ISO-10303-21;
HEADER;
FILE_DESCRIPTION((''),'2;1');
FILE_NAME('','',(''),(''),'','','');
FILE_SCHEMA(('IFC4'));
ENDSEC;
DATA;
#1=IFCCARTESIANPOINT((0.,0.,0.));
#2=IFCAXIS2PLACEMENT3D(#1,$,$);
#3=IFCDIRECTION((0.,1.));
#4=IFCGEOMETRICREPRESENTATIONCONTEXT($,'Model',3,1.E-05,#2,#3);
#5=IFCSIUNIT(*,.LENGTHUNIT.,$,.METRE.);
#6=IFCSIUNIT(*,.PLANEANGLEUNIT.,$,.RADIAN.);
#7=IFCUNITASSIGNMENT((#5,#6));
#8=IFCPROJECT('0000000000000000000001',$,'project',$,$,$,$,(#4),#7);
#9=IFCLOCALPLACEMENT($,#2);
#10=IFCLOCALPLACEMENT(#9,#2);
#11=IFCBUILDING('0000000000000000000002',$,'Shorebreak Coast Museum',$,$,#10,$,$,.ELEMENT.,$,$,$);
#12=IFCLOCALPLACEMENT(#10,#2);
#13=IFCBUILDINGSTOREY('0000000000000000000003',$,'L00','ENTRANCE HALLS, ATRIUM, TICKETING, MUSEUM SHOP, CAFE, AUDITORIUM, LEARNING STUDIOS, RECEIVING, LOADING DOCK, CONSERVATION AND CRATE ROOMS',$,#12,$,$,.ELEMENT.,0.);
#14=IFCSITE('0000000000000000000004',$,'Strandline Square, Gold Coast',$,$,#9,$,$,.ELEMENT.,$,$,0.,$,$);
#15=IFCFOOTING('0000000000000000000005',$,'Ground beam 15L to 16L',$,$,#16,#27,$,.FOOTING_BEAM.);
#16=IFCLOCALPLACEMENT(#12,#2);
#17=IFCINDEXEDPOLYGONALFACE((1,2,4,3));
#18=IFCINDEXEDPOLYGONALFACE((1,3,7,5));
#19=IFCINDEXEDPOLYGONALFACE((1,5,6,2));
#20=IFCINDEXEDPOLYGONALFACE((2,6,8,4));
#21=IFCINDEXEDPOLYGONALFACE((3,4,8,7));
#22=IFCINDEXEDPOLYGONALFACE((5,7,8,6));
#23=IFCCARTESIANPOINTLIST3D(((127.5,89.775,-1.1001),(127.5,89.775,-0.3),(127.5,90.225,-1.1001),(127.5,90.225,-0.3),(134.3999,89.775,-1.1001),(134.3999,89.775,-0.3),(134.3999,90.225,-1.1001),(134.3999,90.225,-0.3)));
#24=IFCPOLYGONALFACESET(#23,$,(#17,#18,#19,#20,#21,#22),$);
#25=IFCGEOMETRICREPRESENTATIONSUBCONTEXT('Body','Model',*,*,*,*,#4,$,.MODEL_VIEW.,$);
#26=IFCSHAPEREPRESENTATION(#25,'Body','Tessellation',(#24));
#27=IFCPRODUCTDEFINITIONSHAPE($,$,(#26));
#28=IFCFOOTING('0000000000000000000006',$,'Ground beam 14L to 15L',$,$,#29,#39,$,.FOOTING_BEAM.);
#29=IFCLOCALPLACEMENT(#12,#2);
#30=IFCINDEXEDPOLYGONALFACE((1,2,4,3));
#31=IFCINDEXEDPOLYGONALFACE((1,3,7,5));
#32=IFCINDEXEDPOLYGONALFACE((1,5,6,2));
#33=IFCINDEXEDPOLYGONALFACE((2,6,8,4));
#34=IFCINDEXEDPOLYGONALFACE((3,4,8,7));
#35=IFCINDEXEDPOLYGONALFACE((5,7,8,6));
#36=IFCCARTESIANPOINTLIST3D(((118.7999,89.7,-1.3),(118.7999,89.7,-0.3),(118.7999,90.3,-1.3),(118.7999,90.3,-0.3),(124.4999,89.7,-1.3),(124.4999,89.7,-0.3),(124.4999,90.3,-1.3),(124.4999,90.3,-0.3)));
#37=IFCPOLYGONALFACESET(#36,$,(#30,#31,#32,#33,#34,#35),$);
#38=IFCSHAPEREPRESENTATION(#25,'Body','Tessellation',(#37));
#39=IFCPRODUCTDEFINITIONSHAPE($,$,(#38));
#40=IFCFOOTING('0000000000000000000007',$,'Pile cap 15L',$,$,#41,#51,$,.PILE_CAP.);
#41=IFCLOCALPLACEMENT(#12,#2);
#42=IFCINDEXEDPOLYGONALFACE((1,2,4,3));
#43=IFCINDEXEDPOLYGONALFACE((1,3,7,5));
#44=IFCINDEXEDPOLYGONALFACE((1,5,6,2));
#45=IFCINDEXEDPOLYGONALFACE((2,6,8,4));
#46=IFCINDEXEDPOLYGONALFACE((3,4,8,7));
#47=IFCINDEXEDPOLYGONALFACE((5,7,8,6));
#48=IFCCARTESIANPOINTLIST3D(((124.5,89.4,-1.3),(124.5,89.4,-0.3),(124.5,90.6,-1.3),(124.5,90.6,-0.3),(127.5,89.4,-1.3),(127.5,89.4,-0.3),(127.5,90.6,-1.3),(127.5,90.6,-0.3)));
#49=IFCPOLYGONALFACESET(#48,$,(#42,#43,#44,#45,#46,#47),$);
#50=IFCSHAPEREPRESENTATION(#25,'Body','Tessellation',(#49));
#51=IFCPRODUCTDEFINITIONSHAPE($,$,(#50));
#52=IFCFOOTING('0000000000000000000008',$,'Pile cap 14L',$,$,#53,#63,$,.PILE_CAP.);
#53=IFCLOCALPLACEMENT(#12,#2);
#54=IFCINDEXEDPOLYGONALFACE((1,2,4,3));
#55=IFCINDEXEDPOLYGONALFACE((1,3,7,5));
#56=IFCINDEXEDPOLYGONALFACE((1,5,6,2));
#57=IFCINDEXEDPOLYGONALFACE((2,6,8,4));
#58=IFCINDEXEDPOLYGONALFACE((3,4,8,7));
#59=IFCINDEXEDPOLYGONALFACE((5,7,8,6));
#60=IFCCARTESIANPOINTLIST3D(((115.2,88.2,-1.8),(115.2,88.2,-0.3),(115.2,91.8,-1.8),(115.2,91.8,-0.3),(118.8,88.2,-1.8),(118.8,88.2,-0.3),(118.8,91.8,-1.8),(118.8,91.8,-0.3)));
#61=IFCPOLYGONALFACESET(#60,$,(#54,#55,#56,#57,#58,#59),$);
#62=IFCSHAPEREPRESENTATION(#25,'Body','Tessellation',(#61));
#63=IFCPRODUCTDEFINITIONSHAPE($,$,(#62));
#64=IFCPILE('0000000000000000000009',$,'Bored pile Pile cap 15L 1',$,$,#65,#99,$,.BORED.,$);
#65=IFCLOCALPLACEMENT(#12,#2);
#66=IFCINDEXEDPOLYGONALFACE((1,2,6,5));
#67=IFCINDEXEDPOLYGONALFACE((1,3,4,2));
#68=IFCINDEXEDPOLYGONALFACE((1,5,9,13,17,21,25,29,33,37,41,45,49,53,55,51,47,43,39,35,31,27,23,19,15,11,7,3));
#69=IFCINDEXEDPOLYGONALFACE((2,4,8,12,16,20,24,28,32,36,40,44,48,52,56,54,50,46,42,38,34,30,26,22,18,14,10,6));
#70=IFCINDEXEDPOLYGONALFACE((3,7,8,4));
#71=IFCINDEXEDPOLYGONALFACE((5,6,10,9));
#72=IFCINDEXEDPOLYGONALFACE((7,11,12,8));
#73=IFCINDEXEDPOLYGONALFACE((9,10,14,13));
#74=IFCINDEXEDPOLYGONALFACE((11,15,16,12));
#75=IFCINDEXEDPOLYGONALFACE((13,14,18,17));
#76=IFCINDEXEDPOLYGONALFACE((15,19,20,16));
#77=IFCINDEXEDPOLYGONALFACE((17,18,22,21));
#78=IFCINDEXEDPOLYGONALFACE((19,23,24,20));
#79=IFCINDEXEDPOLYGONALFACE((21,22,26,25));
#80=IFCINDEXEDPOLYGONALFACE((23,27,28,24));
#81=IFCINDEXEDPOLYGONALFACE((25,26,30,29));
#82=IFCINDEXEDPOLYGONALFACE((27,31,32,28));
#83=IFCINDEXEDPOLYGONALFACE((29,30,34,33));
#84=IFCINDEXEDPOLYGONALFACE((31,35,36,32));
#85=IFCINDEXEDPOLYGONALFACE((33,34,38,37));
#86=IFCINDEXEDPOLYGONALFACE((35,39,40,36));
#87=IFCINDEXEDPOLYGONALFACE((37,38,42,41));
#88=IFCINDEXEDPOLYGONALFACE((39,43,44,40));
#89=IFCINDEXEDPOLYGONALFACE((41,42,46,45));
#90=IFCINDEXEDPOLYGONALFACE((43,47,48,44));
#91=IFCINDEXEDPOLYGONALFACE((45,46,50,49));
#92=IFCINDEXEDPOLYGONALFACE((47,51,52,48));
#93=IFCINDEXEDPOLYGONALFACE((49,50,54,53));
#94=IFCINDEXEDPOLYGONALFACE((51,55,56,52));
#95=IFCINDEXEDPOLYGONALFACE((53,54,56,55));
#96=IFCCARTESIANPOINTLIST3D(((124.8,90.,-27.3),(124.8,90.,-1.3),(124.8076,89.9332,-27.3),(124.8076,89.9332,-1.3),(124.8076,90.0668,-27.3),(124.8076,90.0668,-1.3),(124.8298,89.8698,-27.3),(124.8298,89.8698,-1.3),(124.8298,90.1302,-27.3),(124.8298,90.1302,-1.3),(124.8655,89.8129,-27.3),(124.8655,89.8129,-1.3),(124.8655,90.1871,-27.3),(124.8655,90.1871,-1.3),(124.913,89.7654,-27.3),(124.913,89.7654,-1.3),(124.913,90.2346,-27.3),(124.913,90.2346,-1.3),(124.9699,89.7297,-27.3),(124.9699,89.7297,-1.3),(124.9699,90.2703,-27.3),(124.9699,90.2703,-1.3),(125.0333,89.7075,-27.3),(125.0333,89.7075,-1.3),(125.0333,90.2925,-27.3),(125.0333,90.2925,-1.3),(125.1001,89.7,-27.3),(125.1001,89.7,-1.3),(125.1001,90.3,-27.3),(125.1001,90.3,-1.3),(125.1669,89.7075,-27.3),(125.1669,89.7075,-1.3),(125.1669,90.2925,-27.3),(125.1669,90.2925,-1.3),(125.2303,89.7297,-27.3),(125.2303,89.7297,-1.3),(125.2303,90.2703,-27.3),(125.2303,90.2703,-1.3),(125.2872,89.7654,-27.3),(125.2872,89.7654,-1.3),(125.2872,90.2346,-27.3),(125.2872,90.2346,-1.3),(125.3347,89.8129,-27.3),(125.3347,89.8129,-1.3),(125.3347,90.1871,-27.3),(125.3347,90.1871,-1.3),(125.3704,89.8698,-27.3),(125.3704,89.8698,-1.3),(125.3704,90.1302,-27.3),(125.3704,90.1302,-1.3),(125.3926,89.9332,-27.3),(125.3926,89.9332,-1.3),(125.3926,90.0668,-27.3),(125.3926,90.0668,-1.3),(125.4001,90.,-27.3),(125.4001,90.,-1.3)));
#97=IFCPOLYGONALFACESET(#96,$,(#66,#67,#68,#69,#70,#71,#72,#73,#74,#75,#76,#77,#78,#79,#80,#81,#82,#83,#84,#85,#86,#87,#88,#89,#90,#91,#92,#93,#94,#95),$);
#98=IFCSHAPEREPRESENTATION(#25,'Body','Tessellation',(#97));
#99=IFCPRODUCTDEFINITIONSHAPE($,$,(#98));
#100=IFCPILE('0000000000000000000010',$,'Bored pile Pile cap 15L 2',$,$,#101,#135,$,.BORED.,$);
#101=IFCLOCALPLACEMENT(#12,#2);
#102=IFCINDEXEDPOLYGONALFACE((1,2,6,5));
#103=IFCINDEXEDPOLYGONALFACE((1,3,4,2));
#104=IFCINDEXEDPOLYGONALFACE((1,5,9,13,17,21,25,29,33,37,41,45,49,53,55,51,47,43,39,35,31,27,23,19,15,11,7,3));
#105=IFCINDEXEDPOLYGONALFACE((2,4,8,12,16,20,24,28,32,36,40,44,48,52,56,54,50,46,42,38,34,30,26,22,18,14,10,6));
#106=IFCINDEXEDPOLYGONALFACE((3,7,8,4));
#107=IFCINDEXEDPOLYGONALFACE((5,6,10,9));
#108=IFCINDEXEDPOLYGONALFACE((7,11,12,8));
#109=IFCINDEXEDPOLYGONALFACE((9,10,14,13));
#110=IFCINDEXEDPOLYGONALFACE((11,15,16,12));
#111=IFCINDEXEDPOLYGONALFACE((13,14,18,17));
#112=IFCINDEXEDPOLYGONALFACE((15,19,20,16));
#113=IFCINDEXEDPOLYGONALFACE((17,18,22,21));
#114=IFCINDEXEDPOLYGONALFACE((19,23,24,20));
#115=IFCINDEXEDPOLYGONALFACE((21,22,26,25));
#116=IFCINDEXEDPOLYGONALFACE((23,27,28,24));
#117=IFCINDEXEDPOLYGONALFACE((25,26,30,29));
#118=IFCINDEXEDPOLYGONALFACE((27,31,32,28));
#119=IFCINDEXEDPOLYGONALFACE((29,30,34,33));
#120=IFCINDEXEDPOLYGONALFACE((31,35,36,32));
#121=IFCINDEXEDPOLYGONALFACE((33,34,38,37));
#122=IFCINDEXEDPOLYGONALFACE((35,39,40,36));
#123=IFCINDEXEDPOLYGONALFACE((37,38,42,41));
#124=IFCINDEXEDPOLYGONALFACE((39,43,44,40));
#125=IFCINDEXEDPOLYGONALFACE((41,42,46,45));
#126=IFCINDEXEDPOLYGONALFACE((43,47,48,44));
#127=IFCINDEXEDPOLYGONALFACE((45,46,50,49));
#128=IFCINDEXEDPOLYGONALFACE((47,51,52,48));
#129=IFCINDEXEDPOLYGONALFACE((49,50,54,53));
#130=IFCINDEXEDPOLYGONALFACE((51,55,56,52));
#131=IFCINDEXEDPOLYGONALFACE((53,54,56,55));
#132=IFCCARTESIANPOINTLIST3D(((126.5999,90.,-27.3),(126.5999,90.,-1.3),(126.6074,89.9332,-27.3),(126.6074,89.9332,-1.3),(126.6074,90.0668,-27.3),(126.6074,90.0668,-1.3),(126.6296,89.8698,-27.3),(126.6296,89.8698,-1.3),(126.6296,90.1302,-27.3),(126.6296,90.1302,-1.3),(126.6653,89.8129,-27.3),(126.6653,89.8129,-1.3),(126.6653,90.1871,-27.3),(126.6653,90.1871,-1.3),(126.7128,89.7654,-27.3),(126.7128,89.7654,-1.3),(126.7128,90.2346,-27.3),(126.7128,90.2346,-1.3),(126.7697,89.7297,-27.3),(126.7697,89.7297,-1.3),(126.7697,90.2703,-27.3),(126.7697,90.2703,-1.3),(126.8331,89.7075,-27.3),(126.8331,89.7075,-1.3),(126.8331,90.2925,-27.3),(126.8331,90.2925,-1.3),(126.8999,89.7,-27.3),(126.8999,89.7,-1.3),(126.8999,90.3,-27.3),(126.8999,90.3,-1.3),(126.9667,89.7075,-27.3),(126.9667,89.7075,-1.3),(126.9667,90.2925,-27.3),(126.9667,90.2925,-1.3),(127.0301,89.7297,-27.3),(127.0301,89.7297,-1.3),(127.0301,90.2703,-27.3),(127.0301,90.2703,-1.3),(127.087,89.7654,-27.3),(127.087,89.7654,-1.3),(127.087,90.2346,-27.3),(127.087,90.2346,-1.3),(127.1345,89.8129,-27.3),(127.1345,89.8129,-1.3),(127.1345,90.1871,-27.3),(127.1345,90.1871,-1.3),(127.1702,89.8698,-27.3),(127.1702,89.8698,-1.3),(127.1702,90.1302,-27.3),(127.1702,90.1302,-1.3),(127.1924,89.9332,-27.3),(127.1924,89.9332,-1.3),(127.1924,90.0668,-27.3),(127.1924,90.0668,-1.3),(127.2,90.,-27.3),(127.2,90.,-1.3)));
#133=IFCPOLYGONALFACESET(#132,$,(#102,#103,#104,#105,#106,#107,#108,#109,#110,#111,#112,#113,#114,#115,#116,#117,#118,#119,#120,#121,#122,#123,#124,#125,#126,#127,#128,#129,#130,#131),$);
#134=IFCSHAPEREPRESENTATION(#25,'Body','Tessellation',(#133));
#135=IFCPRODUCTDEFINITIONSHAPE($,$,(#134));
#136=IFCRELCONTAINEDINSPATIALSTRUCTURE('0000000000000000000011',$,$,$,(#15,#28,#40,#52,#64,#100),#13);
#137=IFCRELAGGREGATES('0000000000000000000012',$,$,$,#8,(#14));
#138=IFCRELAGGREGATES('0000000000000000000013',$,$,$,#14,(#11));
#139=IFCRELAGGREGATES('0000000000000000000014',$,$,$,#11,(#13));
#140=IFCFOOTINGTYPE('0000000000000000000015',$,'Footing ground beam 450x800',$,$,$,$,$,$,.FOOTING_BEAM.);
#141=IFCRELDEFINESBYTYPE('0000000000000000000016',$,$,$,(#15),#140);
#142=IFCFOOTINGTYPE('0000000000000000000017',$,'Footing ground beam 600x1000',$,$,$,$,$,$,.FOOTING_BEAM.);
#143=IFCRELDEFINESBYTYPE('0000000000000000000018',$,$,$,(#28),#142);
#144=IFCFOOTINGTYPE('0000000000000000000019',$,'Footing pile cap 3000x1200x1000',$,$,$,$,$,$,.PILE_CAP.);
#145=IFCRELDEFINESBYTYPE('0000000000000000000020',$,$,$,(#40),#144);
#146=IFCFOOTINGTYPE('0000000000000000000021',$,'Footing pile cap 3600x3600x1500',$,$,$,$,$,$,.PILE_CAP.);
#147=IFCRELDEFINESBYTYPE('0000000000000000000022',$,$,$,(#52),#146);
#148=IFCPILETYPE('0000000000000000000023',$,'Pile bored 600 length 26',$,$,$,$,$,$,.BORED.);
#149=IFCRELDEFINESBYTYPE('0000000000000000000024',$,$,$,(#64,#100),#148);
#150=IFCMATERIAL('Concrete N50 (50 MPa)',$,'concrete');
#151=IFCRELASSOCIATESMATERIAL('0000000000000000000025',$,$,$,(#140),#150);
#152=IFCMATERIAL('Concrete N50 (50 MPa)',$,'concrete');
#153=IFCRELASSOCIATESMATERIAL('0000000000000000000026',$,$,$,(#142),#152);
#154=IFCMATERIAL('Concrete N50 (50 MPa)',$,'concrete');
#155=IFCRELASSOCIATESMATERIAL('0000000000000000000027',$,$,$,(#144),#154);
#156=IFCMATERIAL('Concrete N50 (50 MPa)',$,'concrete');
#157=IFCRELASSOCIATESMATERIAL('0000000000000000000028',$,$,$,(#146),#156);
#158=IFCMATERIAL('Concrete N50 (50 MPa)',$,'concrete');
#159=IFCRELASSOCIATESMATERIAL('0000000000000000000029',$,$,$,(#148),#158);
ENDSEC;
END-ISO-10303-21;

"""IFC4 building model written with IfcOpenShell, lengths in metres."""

from ifc_helpers import new_model, si_unit, direction, frame, origin, origin_2d, place, context, subcontext, project, spatial, rectangle, circle, extrude, material, material_profile, profile_set, type_object, element, save


model = new_model("IFC4")

# Units and contexts
model_context = context("Model", 3, precision=1e-05, world=origin(), true_north=direction((0.0, 1.0)))
body_context = subcontext(model_context, "Body", "Model", "MODEL_VIEW")
ifc_project = project(units=[si_unit("LENGTHUNIT", "METRE"), si_unit("PLANEANGLEUNIT", "RADIAN")], contexts=[model_context])

# Site, building, storey
site_placement = place(None, origin())
site = spatial("IfcSite", under=ifc_project, at=site_placement, Name="Strandline Square, Gold Coast", CompositionType="ELEMENT", RefElevation=0.0)
building_placement = place(site_placement, origin())
building = spatial("IfcBuilding", under=site, at=building_placement, Name="Shorebreak Coast Museum", CompositionType="ELEMENT")
storey_placement = place(building_placement, origin())
storey = spatial("IfcBuildingStorey", under=building, at=storey_placement, Name="L00", Description="ENTRANCE HALLS, ATRIUM, TICKETING, MUSEUM SHOP, CAFE, AUDITORIUM, LEARNING STUDIOS, RECEIVING, LOADING DOCK, CONSERVATION AND CRATE ROOMS", CompositionType="ELEMENT", Elevation=0.0)

# Footings
ifc_material_1 = material(Name="Concrete N50 (50 MPa)", Category="concrete")
footing_type_1 = type_object("IfcFootingType", Name="Footing ground beam 450x800", PredefinedType="FOOTING_BEAM", material=ifc_material_1)
footing_1_placement = place(storey_placement, frame((130.95, 90.0, -1.1001), z_axis=(0.0, 0.0, 1.0), x_axis=(1.0, 0.0, 0.0)))
element("IfcFooting", 1, at=footing_1_placement, inside=storey, type_object=footing_type_1, Name="Ground beam 15L to 16L", PredefinedType="FOOTING_BEAM", context=body_context, shape_type="SweptSolid", body=[
    extrude(rectangle(XDim=6.8999, YDim=0.45, at=origin_2d()), origin(), (0.0, 0.0, 1.0), 0.8),
])
ifc_material_2 = material(Name="Concrete N50 (50 MPa)", Category="concrete")
footing_type_2 = type_object("IfcFootingType", Name="Footing ground beam 600x1000", PredefinedType="FOOTING_BEAM", material=ifc_material_2)
footing_2_placement = place(storey_placement, frame((121.6499, 90.0, -1.3), z_axis=(0.0, 0.0, 1.0), x_axis=(1.0, 0.0, 0.0)))
element("IfcFooting", 2, at=footing_2_placement, inside=storey, type_object=footing_type_2, Name="Ground beam 14L to 15L", PredefinedType="FOOTING_BEAM", context=body_context, shape_type="SweptSolid", body=[
    extrude(rectangle(XDim=5.7, YDim=0.6001, at=origin_2d()), origin(), (0.0, 0.0, 1.0), 1.0),
])
ifc_material_3 = material(Name="Concrete N50 (50 MPa)", Category="concrete")
footing_type_3 = type_object("IfcFootingType", Name="Footing pile cap 3000x1200x1000", PredefinedType="PILE_CAP", material=ifc_material_3)
footing_3_placement = place(storey_placement, frame((126.0, 90.0, -1.3), z_axis=(0.0, 0.0, 1.0), x_axis=(1.0, 0.0, 0.0)))
element("IfcFooting", 3, at=footing_3_placement, inside=storey, type_object=footing_type_3, Name="Pile cap 15L", PredefinedType="PILE_CAP", context=body_context, shape_type="SweptSolid", body=[
    extrude(rectangle(XDim=3.0, YDim=1.2, at=origin_2d()), origin(), (0.0, 0.0, 1.0), 1.0),
])
ifc_material_4 = material(Name="Concrete N50 (50 MPa)", Category="concrete")
footing_type_4 = type_object("IfcFootingType", Name="Footing pile cap 3600x3600x1500", PredefinedType="PILE_CAP", material=ifc_material_4)
footing_4_placement = place(storey_placement, frame((117.0, 90.0, -1.8), z_axis=(0.0, 0.0, 1.0), x_axis=(1.0, 0.0, 0.0)))
element("IfcFooting", 4, at=footing_4_placement, inside=storey, type_object=footing_type_4, Name="Pile cap 14L", PredefinedType="PILE_CAP", context=body_context, shape_type="SweptSolid", body=[
    extrude(rectangle(XDim=3.6001, YDim=3.6001, at=origin_2d()), origin(), (0.0, 0.0, 1.0), 1.5),
])

# Piles
ifc_material_5 = material(Name="Concrete N50 (50 MPa)", Category="concrete")
ifc_material_profile_1 = material_profile(ifc_material_5, circle(Radius=0.3, at=origin_2d()), Name="Pile bored 600 length 26")
ifc_profile_set_1 = profile_set([ifc_material_profile_1], Name="Concrete N50 (50 MPa)")
pile_type = type_object("IfcPileType", Name="Pile bored 600 length 26", PredefinedType="BORED", material=ifc_profile_set_1)
for number, where, z_axis, x_axis, name in (
    (5, (125.1001, 90.0, -1.3), (0.0, 0.0, -1.0), (1.0, 0.0, 0.0), "Bored pile Pile cap 15L 1"),
    (6, (126.8999, 90.0, -1.3), (0.0, 0.0, -1.0), (1.0, 0.0, 0.0), "Bored pile Pile cap 15L 2"),
):
    element("IfcPile", number, at=place(storey_placement, frame(where, z_axis=z_axis, x_axis=x_axis)), inside=storey, type_object=pile_type, Name=name, PredefinedType="BORED", context=body_context, shape_type="SweptSolid", body=[
        extrude(circle(Radius=0.3, at=origin_2d()), origin(), (0.0, 0.0, 1.0), 26.0),
    ])

save(model, "model.ifc")
